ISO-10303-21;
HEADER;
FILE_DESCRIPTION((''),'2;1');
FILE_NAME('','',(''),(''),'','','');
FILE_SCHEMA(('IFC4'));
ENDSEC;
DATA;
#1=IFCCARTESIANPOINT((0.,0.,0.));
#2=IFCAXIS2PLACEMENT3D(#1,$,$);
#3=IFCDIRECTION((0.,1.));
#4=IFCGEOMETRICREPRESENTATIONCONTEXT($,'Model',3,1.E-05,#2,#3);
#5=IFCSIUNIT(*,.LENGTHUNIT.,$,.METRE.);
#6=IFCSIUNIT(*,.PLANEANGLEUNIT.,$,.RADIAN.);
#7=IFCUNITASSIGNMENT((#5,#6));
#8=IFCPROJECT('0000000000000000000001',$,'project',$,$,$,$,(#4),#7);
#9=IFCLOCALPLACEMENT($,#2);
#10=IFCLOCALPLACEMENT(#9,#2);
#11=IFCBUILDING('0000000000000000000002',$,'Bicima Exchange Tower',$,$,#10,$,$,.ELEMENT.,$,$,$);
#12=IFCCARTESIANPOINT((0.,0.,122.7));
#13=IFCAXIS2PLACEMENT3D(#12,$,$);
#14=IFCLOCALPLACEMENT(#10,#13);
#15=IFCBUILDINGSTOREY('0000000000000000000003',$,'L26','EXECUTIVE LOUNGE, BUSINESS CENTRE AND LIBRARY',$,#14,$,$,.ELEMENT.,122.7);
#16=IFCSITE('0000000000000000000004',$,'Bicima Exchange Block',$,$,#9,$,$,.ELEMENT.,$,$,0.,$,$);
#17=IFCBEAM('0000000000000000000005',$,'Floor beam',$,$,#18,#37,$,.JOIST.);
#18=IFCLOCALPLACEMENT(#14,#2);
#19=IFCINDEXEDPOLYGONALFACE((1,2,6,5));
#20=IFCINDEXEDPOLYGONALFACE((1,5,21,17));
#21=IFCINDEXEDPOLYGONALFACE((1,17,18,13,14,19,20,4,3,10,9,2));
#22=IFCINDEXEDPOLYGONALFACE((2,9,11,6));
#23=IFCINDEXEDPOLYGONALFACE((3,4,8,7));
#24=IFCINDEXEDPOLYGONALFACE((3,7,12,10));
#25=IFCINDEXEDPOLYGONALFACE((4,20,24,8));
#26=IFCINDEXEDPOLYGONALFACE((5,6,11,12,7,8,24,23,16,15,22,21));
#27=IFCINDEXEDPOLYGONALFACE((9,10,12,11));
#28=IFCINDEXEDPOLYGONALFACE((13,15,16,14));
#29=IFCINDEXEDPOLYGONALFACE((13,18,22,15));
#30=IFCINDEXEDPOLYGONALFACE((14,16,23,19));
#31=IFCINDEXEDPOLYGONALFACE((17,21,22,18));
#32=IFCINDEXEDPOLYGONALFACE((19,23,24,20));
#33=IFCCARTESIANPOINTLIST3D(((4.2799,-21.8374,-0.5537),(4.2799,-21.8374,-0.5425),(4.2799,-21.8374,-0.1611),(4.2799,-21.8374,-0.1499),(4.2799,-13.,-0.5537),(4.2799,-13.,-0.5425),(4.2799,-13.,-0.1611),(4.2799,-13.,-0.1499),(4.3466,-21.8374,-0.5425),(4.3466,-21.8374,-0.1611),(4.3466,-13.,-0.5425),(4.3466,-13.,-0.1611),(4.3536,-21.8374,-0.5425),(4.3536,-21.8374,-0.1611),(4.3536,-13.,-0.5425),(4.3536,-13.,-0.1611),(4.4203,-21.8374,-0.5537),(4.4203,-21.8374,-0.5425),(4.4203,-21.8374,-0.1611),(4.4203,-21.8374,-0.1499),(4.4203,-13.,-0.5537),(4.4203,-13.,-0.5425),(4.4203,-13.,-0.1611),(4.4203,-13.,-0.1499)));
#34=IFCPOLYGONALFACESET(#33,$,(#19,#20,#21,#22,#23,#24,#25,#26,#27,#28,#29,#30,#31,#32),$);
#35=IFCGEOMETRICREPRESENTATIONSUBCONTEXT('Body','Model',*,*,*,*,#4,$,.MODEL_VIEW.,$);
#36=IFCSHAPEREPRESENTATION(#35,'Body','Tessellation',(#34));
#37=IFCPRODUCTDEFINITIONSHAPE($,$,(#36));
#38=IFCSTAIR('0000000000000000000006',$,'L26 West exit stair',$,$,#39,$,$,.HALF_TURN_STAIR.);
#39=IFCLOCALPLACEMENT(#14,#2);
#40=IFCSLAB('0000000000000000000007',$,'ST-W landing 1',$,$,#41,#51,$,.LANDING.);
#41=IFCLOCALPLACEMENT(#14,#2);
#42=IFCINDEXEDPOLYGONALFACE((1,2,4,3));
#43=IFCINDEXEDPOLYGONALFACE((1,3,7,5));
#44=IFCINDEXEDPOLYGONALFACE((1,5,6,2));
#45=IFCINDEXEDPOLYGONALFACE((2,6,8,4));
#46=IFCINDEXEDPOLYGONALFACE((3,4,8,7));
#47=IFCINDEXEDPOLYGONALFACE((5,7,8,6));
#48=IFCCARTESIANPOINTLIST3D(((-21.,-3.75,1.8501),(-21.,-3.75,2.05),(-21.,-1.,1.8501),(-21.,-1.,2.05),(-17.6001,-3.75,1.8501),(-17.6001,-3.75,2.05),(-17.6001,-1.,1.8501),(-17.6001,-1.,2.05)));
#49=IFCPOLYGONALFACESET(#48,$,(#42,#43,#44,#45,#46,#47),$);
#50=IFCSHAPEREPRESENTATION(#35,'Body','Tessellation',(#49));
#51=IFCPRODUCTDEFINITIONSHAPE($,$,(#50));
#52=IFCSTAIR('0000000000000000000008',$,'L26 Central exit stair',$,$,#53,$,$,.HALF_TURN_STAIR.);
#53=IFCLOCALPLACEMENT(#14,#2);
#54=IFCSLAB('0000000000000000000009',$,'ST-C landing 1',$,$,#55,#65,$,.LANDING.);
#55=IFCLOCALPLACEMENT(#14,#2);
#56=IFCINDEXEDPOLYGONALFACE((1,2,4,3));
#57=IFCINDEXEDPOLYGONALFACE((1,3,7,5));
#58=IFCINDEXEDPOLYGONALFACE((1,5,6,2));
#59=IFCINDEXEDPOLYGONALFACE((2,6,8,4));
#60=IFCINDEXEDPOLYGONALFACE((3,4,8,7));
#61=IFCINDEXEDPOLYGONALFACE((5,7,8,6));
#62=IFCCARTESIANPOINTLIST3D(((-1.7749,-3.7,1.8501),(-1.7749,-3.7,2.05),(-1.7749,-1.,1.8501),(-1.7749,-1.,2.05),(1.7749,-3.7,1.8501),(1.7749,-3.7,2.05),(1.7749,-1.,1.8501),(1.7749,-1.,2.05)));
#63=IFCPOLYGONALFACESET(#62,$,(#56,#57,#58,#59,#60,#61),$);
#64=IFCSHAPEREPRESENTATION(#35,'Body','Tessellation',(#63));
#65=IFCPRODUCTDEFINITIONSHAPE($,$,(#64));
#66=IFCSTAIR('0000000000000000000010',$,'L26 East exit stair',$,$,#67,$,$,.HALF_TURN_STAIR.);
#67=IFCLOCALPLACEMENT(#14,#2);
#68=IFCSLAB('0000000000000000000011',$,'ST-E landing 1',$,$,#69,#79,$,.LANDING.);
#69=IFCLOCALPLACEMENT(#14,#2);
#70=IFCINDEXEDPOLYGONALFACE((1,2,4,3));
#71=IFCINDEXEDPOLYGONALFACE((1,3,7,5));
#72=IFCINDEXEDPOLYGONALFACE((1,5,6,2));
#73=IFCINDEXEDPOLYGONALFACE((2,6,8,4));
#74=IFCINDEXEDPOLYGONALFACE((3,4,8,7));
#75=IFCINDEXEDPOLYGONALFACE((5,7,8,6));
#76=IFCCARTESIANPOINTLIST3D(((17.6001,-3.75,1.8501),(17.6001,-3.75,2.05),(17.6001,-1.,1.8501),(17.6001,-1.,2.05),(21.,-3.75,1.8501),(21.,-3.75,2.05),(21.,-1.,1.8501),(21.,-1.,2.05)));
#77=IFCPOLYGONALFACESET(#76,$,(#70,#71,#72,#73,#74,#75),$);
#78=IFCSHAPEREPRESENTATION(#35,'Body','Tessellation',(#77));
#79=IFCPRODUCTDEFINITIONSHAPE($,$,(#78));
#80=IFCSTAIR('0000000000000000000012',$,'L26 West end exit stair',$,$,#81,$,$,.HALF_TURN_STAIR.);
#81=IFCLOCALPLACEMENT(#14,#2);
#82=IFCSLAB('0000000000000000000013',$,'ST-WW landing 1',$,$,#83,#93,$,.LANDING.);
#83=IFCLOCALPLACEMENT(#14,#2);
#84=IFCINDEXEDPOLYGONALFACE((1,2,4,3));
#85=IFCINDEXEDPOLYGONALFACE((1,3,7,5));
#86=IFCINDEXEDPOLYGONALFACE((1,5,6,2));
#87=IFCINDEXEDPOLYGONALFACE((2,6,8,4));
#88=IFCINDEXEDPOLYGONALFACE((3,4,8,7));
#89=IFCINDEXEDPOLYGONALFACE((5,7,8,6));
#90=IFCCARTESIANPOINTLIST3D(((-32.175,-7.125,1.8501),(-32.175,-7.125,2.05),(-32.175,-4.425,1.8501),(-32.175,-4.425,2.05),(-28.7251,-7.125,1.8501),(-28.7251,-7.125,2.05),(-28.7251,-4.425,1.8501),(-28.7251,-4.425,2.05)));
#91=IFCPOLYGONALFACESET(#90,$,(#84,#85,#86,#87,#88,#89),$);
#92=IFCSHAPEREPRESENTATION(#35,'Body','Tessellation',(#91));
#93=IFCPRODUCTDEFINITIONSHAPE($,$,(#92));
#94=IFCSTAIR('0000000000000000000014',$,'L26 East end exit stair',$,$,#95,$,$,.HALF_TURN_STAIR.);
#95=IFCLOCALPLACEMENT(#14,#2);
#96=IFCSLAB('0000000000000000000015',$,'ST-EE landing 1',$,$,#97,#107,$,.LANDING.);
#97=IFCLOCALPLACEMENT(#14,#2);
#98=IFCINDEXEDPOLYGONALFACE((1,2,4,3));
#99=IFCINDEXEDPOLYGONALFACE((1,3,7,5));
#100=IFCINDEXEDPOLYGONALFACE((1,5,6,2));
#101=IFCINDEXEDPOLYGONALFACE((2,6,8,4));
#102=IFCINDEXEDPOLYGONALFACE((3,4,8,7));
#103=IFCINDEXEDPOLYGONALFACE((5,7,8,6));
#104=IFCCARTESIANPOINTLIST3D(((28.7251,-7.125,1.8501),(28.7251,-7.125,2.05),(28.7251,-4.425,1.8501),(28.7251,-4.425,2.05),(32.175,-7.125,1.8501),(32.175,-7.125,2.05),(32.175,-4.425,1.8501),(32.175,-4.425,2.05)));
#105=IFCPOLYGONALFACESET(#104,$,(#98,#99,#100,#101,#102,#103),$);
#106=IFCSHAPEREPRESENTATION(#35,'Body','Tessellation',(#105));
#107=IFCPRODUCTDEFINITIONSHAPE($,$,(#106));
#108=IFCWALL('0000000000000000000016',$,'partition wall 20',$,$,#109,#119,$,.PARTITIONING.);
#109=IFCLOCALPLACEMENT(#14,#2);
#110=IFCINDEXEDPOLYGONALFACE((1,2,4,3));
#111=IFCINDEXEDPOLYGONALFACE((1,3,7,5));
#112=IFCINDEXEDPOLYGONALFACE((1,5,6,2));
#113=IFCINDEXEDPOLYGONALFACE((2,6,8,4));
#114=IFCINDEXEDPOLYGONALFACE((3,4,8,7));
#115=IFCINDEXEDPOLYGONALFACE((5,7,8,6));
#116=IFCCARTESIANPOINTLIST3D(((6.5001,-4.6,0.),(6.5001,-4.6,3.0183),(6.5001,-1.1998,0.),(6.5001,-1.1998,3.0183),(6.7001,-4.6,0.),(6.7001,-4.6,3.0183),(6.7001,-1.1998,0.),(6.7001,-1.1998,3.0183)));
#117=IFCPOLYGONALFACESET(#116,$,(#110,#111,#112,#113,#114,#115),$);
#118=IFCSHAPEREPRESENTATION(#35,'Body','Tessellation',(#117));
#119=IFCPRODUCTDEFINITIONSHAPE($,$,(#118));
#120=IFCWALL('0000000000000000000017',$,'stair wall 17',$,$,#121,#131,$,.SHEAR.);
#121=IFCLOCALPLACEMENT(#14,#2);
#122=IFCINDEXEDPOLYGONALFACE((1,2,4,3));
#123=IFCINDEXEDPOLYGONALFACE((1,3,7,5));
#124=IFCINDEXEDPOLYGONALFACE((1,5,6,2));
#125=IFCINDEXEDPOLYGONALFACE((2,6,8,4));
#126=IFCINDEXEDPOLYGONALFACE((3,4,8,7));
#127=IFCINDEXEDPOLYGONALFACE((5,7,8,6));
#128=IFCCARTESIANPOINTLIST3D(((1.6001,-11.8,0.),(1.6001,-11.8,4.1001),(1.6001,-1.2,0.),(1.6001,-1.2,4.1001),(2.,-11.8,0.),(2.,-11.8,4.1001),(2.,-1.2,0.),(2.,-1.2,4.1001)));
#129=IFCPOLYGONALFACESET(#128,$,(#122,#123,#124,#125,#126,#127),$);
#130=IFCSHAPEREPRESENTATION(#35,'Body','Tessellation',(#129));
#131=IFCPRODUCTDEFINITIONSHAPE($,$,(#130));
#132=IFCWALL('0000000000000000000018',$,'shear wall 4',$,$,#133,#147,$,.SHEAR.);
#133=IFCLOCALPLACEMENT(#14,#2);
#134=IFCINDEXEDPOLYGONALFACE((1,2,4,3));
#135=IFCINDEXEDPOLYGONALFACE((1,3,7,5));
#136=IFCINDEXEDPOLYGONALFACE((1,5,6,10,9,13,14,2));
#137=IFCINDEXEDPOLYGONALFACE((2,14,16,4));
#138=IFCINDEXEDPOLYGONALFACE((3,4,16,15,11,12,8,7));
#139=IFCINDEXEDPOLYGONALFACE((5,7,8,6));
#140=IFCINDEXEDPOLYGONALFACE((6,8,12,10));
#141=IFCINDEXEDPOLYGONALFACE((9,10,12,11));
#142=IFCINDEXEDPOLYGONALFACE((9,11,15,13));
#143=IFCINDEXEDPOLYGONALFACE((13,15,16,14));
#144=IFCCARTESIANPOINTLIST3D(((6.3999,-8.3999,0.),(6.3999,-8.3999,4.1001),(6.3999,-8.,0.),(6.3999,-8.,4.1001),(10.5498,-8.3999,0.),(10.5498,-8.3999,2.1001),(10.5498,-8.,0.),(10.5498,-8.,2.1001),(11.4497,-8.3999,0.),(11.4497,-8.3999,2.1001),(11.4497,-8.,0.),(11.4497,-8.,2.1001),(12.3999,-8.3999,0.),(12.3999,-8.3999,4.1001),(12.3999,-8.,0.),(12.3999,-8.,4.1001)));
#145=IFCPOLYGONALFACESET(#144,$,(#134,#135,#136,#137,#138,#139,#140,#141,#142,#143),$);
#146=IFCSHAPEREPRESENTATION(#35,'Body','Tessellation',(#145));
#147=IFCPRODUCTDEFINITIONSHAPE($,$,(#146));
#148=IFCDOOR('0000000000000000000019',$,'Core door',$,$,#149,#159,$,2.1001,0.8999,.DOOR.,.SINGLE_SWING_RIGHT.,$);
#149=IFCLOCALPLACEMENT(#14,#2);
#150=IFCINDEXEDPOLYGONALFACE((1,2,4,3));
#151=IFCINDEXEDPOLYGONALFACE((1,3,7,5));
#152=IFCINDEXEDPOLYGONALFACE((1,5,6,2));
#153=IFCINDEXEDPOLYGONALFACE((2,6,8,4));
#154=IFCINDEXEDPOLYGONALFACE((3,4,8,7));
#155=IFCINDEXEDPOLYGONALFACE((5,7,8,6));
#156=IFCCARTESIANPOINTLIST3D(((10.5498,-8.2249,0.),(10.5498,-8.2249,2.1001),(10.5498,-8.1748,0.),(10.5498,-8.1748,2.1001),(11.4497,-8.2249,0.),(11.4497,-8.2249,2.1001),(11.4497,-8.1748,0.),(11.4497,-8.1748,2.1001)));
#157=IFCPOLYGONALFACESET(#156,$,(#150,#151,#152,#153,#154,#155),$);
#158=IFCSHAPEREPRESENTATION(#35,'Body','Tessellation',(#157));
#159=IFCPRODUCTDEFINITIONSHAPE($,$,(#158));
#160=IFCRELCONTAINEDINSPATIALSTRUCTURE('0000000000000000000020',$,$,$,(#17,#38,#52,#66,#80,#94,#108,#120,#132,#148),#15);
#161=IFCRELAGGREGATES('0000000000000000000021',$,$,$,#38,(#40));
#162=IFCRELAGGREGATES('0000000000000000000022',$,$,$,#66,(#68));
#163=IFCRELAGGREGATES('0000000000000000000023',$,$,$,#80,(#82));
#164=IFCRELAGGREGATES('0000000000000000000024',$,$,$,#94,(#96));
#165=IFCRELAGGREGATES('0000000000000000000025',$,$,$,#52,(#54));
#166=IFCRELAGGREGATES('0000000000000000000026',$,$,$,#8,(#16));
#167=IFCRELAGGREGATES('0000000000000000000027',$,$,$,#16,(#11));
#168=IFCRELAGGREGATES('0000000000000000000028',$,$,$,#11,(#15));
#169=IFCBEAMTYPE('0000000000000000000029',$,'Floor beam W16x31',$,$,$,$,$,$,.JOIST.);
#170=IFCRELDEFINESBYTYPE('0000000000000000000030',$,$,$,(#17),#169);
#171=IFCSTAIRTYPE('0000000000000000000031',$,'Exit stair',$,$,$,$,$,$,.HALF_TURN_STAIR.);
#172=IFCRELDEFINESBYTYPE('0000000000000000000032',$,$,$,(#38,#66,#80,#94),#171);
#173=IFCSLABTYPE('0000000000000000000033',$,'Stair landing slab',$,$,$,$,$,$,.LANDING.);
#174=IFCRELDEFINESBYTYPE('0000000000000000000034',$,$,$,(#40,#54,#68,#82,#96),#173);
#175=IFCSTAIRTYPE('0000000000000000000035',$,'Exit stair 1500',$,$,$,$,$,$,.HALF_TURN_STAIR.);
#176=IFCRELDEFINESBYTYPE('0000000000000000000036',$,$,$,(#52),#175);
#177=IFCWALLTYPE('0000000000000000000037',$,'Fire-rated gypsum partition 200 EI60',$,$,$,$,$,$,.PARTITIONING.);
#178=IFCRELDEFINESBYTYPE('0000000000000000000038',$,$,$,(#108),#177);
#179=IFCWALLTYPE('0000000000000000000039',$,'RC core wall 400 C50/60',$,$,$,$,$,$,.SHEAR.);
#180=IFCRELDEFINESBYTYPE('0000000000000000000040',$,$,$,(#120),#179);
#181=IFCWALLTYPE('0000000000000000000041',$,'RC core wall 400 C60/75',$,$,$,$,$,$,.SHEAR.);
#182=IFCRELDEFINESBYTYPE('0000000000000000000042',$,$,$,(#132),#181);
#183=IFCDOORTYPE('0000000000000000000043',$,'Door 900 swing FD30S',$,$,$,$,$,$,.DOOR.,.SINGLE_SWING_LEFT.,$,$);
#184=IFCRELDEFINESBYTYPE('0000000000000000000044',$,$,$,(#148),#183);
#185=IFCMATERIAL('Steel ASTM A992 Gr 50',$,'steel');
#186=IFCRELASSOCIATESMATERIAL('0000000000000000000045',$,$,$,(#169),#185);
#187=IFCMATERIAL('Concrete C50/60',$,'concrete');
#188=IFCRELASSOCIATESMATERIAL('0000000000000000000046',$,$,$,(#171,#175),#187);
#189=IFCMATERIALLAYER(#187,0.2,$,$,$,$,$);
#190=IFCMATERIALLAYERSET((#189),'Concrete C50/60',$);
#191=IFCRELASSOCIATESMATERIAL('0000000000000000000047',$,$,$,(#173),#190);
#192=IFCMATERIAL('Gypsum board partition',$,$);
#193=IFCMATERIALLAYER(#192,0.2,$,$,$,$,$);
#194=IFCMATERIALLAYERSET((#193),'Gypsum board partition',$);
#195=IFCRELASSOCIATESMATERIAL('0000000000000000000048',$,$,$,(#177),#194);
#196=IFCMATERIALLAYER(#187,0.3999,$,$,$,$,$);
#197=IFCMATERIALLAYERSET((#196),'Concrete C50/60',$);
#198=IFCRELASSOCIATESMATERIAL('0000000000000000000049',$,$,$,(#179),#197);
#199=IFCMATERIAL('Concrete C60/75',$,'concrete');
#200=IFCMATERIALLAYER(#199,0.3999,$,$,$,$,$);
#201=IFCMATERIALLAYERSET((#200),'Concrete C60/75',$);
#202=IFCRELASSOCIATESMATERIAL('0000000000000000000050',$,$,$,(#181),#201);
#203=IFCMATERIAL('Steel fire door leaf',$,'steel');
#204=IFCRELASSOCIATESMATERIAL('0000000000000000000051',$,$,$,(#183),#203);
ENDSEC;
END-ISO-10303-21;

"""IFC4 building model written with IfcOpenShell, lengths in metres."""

from ifc_helpers import new_model, si_unit, direction, frame, frame_2d, origin, origin_2d, place, context, subcontext, project, spatial, polyline, rectangle, i_section, outline, extrude, material, layer, layer_set, material_profile, profile_set, type_object, element, fill, aggregate, save


model = new_model("IFC4")

# Units and contexts
model_context = context("Model", 3, precision=1e-05, world=origin(), true_north=direction((0.0, 1.0)))
body_context = subcontext(model_context, "Body", "Model", "MODEL_VIEW")
ifc_project = project(units=[si_unit("LENGTHUNIT", "METRE"), si_unit("PLANEANGLEUNIT", "RADIAN")], contexts=[model_context])

# Site, building, storey
site_placement = place(None, origin())
site = spatial("IfcSite", under=ifc_project, at=site_placement, Name="Bicima Exchange Block", CompositionType="ELEMENT", RefElevation=0.0)
building_placement = place(site_placement, origin())
building = spatial("IfcBuilding", under=site, at=building_placement, Name="Bicima Exchange Tower", CompositionType="ELEMENT")
storey_placement = place(building_placement, frame((0.0, 0.0, 122.7)))
storey = spatial("IfcBuildingStorey", under=building, at=storey_placement, Name="L26", Description="EXECUTIVE LOUNGE, BUSINESS CENTRE AND LIBRARY", CompositionType="ELEMENT", Elevation=122.7)

# Beam
ifc_material_1 = material(Name="Steel ASTM A992 Gr 50", Category="steel")
ifc_material_profile = material_profile(ifc_material_1, i_section(OverallWidth=0.1404, OverallDepth=0.4038, WebThickness=0.0071, FlangeThickness=0.0112, at=origin_2d()))
ifc_profile_set = profile_set([ifc_material_profile], Name="Steel ASTM A992 Gr 50")
beam_type = type_object("IfcBeamType", Name="Floor beam W16x31", PredefinedType="JOIST", material=ifc_profile_set)
beam_placement = place(storey_placement, frame((4.3501, -13.0, -0.3518), z_axis=(0.0, -1.0, 0.0), x_axis=(1.0, 0.0, 0.0)))
element("IfcBeam", 1, at=beam_placement, inside=storey, type_object=beam_type, Name="Floor beam", PredefinedType="JOIST", context=body_context, shape_type="SweptSolid", body=[
    extrude(i_section(OverallWidth=0.1404, OverallDepth=0.4038, WebThickness=0.0071, FlangeThickness=0.0112, at=origin_2d()), origin(), (0.0, 0.0, 1.0), 8.8374),
])

# Stairs, slabs
ifc_material_2 = material(Name="Concrete C50/60", Category="concrete")
stair_type_1 = type_object("IfcStairType", Name="Exit stair", PredefinedType="HALF_TURN_STAIR", material=ifc_material_2)
stair_1_placement = place(storey_placement, origin())
stair_1 = element("IfcStair", 2, at=stair_1_placement, inside=storey, type_object=stair_type_1, Name="L26 West exit stair", PredefinedType="HALF_TURN_STAIR")
ifc_layer_1 = layer(ifc_material_2, 0.2)
ifc_layer_set_1 = layer_set([ifc_layer_1], Name="Concrete C50/60")
slab_type = type_object("IfcSlabType", Name="Stair landing slab", PredefinedType="LANDING", material=ifc_layer_set_1)
slab_1_placement = place(storey_placement, frame((0.0, 0.0, 1.8501)))
slab_1 = element("IfcSlab", 3, at=slab_1_placement, type_object=slab_type, Name="ST-W landing 1", PredefinedType="LANDING", context=body_context, shape_type="SweptSolid", body=[
    extrude(outline(polyline([(-17.6001, -3.75), (-17.6001, -1.0), (-21.0, -1.0), (-21.0, -3.75), (-17.6001, -3.75)])), origin(), (0.0, 0.0, 1.0), 0.2),
])
aggregate(stair_1, [slab_1])
stair_type_2 = type_object("IfcStairType", Name="Exit stair 1500", PredefinedType="HALF_TURN_STAIR", material=ifc_material_2)
stair_2_placement = place(storey_placement, origin())
stair_2 = element("IfcStair", 4, at=stair_2_placement, inside=storey, type_object=stair_type_2, Name="L26 Central exit stair", PredefinedType="HALF_TURN_STAIR")
slab_2_placement = place(storey_placement, frame((0.0, 0.0, 1.8501)))
slab_2 = element("IfcSlab", 5, at=slab_2_placement, type_object=slab_type, Name="ST-C landing 1", PredefinedType="LANDING", context=body_context, shape_type="SweptSolid", body=[
    extrude(outline(polyline([(1.7749, -3.7), (1.7749, -1.0), (-1.7749, -1.0), (-1.7749, -3.7), (1.7749, -3.7)])), origin(), (0.0, 0.0, 1.0), 0.2),
])
stair_3_placement = place(storey_placement, origin())
stair_3 = element("IfcStair", 6, at=stair_3_placement, inside=storey, type_object=stair_type_1, Name="L26 East exit stair", PredefinedType="HALF_TURN_STAIR")
slab_3_placement = place(storey_placement, frame((0.0, 0.0, 1.8501)))
slab_3 = element("IfcSlab", 7, at=slab_3_placement, type_object=slab_type, Name="ST-E landing 1", PredefinedType="LANDING", context=body_context, shape_type="SweptSolid", body=[
    extrude(outline(polyline([(21.0, -3.75), (21.0, -1.0), (17.6001, -1.0), (17.6001, -3.75), (21.0, -3.75)])), origin(), (0.0, 0.0, 1.0), 0.2),
])
aggregate(stair_3, [slab_3])
stair_4_placement = place(storey_placement, origin())
stair_4 = element("IfcStair", 8, at=stair_4_placement, inside=storey, type_object=stair_type_1, Name="L26 West end exit stair", PredefinedType="HALF_TURN_STAIR")
slab_4_placement = place(storey_placement, frame((0.0, 0.0, 1.8501)))
slab_4 = element("IfcSlab", 9, at=slab_4_placement, type_object=slab_type, Name="ST-WW landing 1", PredefinedType="LANDING", context=body_context, shape_type="SweptSolid", body=[
    extrude(outline(polyline([(-28.7251, -7.125), (-28.7251, -4.425), (-32.175, -4.425), (-32.175, -7.125), (-28.7251, -7.125)])), origin(), (0.0, 0.0, 1.0), 0.2),
])
aggregate(stair_4, [slab_4])
stair_5_placement = place(storey_placement, origin())
stair_5 = element("IfcStair", 10, at=stair_5_placement, inside=storey, type_object=stair_type_1, Name="L26 East end exit stair", PredefinedType="HALF_TURN_STAIR")
slab_5_placement = place(storey_placement, frame((0.0, 0.0, 1.8501)))
slab_5 = element("IfcSlab", 11, at=slab_5_placement, type_object=slab_type, Name="ST-EE landing 1", PredefinedType="LANDING", context=body_context, shape_type="SweptSolid", body=[
    extrude(outline(polyline([(32.175, -7.125), (32.175, -4.425), (28.7251, -4.425), (28.7251, -7.125), (32.175, -7.125)])), origin(), (0.0, 0.0, 1.0), 0.2),
])
aggregate(stair_5, [slab_5])

# Walls
ifc_material_3 = material(Name="Gypsum board partition")
ifc_layer_2 = layer(ifc_material_3, 0.2)
ifc_layer_set_2 = layer_set([ifc_layer_2], Name="Gypsum board partition")
wall_type_1 = type_object("IfcWallType", Name="Fire-rated gypsum partition 200 EI60", PredefinedType="PARTITIONING", material=ifc_layer_set_2)
wall_1_placement = place(storey_placement, frame((6.6001, -4.6001, 0.0), z_axis=(0.0, 0.0, 1.0), x_axis=(0.0, 1.0, 0.0)))
element("IfcWall", 12, at=wall_1_placement, inside=storey, type_object=wall_type_1, Name="partition wall 20", PredefinedType="PARTITIONING", context=body_context, shape_type="SweptSolid", body=[
    extrude(rectangle(XDim=3.4001, YDim=0.2, at=frame_2d((1.7002, 0.0))), origin(), (0.0, 0.0, 1.0), 3.0183),
])
ifc_layer_3 = layer(ifc_material_2, 0.3999)
ifc_layer_set_3 = layer_set([ifc_layer_3], Name="Concrete C50/60")
wall_type_2 = type_object("IfcWallType", Name="RC core wall 400 C50/60", PredefinedType="SHEAR", material=ifc_layer_set_3)
wall_2_placement = place(storey_placement, frame((1.8, -11.8, 0.0), z_axis=(0.0, 0.0, 1.0), x_axis=(0.0, 1.0, 0.0)))
element("IfcWall", 13, at=wall_2_placement, inside=storey, type_object=wall_type_2, Name="stair wall 17", PredefinedType="SHEAR", context=body_context, shape_type="SweptSolid", body=[
    extrude(rectangle(XDim=10.6001, YDim=0.3999, at=frame_2d((5.3, 0.0))), origin(), (0.0, 0.0, 1.0), 4.1001),
])

# Wall, opening, door
ifc_material_4 = material(Name="Concrete C60/75", Category="concrete")
ifc_layer_4 = layer(ifc_material_4, 0.3999)
ifc_layer_set_4 = layer_set([ifc_layer_4], Name="Concrete C60/75")
wall_type_3 = type_object("IfcWallType", Name="RC core wall 400 C60/75", PredefinedType="SHEAR", material=ifc_layer_set_4)
wall_3_placement = place(storey_placement, frame((6.3999, -8.2, 0.0), z_axis=(0.0, 0.0, 1.0), x_axis=(1.0, 0.0, 0.0)))
wall_3 = element("IfcWall", 14, at=wall_3_placement, inside=storey, type_object=wall_type_3, Name="shear wall 4", PredefinedType="SHEAR", context=body_context, shape_type="SweptSolid", body=[
    extrude(rectangle(XDim=6.0, YDim=0.3999, at=frame_2d((3.0, 0.0))), origin(), (0.0, 0.0, 1.0), 4.1001),
])
opening_1_placement = place(wall_3_placement, frame((4.1499, 0.0, 0.0)))
opening_1 = element("IfcOpeningElement", 15, at=opening_1_placement, cuts=wall_3, PredefinedType="OPENING", context=body_context, shape_type="SweptSolid", body=[
    extrude(rectangle(XDim=0.8999, YDim=2.1001, at=frame_2d((0.45, 1.05))), frame((0.0, 0.2119, 0.0), z_axis=(0.0, -1.0, 0.0), x_axis=(1.0, 0.0, 0.0)), (0.0, 0.0, 1.0), 0.4238),
])
ifc_material_5 = material(Name="Steel fire door leaf", Category="steel")
door_type_1 = type_object("IfcDoorType", Name="Door 900 swing FD30S", OperationType="SINGLE_SWING_LEFT", PredefinedType="DOOR", material=ifc_material_5)
door_1_placement = place(opening_1_placement, frame((0.8999, 0.0, 0.0), z_axis=(0.0, 0.0, 1.0), x_axis=(-1.0, 0.0, 0.0)))
door_1 = element("IfcDoor", 16, at=door_1_placement, inside=storey, type_object=door_type_1, Name="Core door", OperationType="SINGLE_SWING_RIGHT", OverallHeight=2.1001, OverallWidth=0.8999, PredefinedType="DOOR", context=body_context, shape_type="SweptSolid", body=[
    extrude(rectangle(XDim=0.8999, YDim=2.1001, at=frame_2d((0.45, 1.05))), frame((0.0, 0.0249, 0.0), z_axis=(0.0, -1.0, 0.0), x_axis=(1.0, 0.0, 0.0)), (0.0, 0.0, 1.0), 0.05),
])
fill(opening_1, door_1)

aggregate(stair_2, [slab_2])

save(model, "model.ifc")
